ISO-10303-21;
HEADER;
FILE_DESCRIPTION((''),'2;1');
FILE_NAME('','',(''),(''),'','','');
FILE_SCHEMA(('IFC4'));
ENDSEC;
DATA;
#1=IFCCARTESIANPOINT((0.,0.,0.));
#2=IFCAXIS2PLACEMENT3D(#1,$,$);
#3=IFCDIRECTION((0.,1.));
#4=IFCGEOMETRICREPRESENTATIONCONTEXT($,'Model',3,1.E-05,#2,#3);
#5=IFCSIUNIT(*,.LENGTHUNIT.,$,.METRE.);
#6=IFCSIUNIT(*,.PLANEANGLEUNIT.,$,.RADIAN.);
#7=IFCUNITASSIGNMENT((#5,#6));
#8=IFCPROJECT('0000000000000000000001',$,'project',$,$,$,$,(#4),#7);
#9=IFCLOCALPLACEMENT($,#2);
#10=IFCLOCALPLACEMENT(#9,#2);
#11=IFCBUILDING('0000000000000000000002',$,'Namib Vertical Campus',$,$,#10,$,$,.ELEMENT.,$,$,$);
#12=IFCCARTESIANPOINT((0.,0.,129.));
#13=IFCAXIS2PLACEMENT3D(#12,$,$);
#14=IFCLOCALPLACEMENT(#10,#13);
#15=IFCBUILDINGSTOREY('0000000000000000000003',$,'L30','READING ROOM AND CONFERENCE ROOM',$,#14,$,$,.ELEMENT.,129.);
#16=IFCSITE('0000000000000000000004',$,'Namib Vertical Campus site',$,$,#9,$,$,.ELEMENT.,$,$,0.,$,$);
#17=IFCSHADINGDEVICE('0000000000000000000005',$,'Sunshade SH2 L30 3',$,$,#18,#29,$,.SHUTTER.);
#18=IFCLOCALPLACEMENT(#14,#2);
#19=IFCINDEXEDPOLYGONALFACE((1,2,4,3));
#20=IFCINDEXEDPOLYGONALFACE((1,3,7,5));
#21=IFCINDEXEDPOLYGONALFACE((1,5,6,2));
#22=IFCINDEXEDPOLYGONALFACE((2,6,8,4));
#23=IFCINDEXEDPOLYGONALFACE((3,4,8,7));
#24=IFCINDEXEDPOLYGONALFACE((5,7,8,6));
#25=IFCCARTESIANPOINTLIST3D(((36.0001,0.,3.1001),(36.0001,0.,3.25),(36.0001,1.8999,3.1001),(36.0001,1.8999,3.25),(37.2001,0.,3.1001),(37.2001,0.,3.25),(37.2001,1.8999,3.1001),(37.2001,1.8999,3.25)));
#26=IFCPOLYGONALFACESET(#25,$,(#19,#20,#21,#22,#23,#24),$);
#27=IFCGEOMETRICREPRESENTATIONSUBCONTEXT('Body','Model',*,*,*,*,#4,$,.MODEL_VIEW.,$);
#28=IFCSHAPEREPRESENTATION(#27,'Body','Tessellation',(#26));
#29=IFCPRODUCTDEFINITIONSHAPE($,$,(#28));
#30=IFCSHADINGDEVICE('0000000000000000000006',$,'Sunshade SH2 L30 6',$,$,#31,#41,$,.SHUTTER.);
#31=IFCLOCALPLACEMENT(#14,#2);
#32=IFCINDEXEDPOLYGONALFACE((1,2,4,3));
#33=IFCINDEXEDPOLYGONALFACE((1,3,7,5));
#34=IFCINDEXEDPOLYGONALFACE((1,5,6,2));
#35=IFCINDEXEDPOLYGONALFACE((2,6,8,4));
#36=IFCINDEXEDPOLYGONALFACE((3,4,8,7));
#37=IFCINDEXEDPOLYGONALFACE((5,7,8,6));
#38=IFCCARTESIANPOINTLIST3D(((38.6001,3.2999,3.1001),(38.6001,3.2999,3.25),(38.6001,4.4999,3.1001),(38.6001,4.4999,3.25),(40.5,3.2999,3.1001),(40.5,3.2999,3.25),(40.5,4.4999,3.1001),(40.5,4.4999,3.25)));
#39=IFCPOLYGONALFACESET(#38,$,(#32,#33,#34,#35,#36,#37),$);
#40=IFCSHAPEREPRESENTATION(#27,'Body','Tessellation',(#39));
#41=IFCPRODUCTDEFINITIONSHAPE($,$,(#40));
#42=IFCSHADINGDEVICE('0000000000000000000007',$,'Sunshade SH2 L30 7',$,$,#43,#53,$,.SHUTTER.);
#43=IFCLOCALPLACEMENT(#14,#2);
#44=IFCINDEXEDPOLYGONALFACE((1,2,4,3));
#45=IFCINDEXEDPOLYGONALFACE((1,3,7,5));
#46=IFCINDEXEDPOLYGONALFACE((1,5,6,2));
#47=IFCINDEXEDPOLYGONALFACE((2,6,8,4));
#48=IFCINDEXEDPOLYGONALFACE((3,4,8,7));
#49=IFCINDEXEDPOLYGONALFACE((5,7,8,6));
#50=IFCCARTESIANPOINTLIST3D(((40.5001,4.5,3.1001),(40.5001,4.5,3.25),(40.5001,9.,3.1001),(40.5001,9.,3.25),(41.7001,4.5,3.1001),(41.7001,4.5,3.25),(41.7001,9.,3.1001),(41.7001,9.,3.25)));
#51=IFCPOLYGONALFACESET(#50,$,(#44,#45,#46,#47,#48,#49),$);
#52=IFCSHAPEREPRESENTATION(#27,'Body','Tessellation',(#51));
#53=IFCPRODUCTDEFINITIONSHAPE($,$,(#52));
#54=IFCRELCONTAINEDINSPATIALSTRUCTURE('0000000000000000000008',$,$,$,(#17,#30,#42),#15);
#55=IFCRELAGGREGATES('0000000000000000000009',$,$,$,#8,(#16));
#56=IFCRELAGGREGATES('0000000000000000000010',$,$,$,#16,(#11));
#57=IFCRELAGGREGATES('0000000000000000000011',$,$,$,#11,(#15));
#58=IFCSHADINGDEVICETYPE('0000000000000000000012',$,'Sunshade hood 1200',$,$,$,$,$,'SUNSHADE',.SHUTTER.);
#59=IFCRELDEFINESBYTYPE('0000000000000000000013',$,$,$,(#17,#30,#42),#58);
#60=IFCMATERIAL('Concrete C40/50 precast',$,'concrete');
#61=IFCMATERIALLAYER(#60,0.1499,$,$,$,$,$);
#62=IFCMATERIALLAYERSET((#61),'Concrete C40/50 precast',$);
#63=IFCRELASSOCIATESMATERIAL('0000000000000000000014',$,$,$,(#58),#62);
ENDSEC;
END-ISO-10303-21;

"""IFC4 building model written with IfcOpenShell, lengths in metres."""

from ifc_helpers import new_model, si_unit, direction, frame, origin, origin_2d, place, context, subcontext, project, spatial, rectangle, extrude, material, layer, layer_set, type_object, element, save


model = new_model("IFC4")

# Units and contexts
model_context = context("Model", 3, precision=1e-05, world=origin(), true_north=direction((0.0, 1.0)))
body_context = subcontext(model_context, "Body", "Model", "MODEL_VIEW")
ifc_project = project(units=[si_unit("LENGTHUNIT", "METRE"), si_unit("PLANEANGLEUNIT", "RADIAN")], contexts=[model_context])

# Site, building, storey
site_placement = place(None, origin())
site = spatial("IfcSite", under=ifc_project, at=site_placement, Name="Namib Vertical Campus site", CompositionType="ELEMENT", RefElevation=0.0)
building_placement = place(site_placement, origin())
building = spatial("IfcBuilding", under=site, at=building_placement, Name="Namib Vertical Campus", CompositionType="ELEMENT")
storey_placement = place(building_placement, frame((0.0, 0.0, 129.0)))
storey = spatial("IfcBuildingStorey", under=building, at=storey_placement, Name="L30", Description="READING ROOM AND CONFERENCE ROOM", CompositionType="ELEMENT", Elevation=129.0)

# Shading devices
ifc_material_1 = material(Name="Concrete C40/50 precast", Category="concrete")
ifc_layer_1 = layer(ifc_material_1, 0.1499)
ifc_layer_set_1 = layer_set([ifc_layer_1], Name="Concrete C40/50 precast")
shading_device_type = type_object("IfcShadingDeviceType", Name="Sunshade hood 1200", ElementType="SUNSHADE", PredefinedType="SHUTTER", material=ifc_layer_set_1)
for number, where, z_axis, x_axis, name in (
    (1, (36.6001, 0.95, 3.1001), (0.0, 0.0, 1.0), (0.0, 1.0, 0.0), "Sunshade SH2 L30 3"),
    (2, (39.55, 3.8999, 3.1001), (0.0, 0.0, 1.0), (1.0, 0.0, 0.0), "Sunshade SH2 L30 6"),
):
    element("IfcShadingDevice", number, at=place(storey_placement, frame(where, z_axis=z_axis, x_axis=x_axis)), inside=storey, type_object=shading_device_type, Name=name, PredefinedType="SHUTTER", context=body_context, shape_type="SweptSolid", body=[
        extrude(rectangle(XDim=1.8999, YDim=1.2, at=origin_2d()), origin(), (0.0, 0.0, 1.0), 0.1499),
    ])
shading_device_placement = place(storey_placement, frame((41.1001, 6.75, 3.1001), z_axis=(0.0, 0.0, 1.0), x_axis=(0.0, 1.0, 0.0)))
element("IfcShadingDevice", 3, at=shading_device_placement, inside=storey, type_object=shading_device_type, Name="Sunshade SH2 L30 7", PredefinedType="SHUTTER", context=body_context, shape_type="SweptSolid", body=[
    extrude(rectangle(XDim=4.5, YDim=1.2, at=origin_2d()), origin(), (0.0, 0.0, 1.0), 0.1499),
])

save(model, "model.ifc")
